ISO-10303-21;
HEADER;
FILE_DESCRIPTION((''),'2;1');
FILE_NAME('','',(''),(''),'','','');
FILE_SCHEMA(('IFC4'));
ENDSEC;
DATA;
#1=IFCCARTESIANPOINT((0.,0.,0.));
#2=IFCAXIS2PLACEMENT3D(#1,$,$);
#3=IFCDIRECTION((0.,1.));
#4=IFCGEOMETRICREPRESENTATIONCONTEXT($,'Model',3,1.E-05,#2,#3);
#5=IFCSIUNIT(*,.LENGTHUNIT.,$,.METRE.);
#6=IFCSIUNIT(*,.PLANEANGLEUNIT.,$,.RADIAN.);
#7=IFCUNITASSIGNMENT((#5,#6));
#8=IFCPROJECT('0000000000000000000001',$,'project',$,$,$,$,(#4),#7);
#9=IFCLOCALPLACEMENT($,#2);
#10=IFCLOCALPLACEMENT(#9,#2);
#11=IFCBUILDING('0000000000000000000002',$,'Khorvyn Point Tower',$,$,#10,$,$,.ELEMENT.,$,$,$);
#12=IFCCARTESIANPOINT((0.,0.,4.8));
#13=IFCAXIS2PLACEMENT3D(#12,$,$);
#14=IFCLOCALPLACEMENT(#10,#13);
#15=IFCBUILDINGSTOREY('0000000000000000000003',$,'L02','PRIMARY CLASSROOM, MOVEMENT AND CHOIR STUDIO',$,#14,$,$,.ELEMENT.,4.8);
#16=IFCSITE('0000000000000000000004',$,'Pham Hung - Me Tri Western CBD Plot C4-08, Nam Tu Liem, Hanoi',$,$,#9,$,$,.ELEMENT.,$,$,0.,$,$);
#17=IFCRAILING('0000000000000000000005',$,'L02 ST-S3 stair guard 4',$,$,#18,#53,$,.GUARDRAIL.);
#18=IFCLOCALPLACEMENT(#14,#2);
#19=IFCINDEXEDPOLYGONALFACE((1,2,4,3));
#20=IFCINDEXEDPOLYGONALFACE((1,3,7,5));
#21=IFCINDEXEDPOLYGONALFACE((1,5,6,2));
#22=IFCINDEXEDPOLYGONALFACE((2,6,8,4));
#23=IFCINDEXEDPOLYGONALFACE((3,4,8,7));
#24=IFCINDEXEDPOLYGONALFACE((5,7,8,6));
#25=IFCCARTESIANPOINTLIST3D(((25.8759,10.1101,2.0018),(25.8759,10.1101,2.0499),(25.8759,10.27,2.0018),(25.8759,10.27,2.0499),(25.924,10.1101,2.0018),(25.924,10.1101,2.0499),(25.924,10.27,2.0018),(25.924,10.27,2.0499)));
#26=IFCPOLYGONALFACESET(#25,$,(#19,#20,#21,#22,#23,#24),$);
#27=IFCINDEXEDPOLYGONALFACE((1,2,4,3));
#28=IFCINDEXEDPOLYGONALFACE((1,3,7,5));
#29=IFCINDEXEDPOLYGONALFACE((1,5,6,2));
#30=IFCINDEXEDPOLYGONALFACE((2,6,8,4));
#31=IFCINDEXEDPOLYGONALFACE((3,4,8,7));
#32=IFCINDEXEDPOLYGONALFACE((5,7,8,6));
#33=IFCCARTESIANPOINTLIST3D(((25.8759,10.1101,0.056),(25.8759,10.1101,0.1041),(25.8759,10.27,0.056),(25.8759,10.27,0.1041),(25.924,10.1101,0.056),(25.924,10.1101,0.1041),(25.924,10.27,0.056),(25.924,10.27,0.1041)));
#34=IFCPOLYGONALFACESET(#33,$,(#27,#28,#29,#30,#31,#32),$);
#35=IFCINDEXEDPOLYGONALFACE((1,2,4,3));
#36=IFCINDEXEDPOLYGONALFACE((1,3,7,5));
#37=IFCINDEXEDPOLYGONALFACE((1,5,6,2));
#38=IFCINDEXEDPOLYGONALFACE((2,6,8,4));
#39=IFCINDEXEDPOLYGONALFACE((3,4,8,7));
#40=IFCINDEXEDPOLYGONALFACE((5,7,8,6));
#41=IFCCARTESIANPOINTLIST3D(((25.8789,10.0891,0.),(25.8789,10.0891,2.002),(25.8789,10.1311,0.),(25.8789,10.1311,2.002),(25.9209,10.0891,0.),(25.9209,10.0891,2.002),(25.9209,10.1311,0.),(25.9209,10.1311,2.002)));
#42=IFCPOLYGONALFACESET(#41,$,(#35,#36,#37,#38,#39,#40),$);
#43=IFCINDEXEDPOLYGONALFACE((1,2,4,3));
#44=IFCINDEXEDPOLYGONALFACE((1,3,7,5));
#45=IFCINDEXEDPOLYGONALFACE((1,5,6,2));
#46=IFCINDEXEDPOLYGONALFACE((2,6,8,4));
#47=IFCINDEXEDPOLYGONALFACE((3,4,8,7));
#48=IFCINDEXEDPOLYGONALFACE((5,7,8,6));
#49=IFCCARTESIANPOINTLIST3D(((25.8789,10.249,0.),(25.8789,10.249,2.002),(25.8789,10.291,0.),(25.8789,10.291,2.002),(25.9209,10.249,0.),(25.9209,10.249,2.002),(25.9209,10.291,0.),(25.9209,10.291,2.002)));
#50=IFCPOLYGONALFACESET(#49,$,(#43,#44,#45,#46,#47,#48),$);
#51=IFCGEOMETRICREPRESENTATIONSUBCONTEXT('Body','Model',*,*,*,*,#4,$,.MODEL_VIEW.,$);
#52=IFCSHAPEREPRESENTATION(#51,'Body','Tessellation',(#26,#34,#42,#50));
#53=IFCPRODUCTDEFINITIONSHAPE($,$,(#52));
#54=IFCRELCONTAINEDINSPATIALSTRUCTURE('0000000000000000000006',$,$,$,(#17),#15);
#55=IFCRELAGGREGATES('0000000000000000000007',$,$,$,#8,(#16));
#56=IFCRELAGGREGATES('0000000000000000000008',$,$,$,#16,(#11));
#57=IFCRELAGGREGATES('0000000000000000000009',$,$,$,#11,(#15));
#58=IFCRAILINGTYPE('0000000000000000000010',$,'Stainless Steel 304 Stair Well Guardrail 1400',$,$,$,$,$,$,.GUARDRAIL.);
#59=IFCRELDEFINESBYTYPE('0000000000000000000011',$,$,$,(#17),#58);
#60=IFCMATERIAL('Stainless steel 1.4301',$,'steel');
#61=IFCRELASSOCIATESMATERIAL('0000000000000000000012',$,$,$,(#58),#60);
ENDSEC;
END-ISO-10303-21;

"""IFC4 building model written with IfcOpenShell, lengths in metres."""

from ifc_helpers import new_model, si_unit, direction, frame, origin, origin_2d, place, context, subcontext, project, spatial, rectangle, extrude, material, type_object, element, save


model = new_model("IFC4")

# Units and contexts
model_context = context("Model", 3, precision=1e-05, world=origin(), true_north=direction((0.0, 1.0)))
body_context = subcontext(model_context, "Body", "Model", "MODEL_VIEW")
ifc_project = project(units=[si_unit("LENGTHUNIT", "METRE"), si_unit("PLANEANGLEUNIT", "RADIAN")], contexts=[model_context])

# Site, building, storey
site_placement = place(None, origin())
site = spatial("IfcSite", under=ifc_project, at=site_placement, Name="Pham Hung - Me Tri Western CBD Plot C4-08, Nam Tu Liem, Hanoi", CompositionType="ELEMENT", RefElevation=0.0)
building_placement = place(site_placement, origin())
building = spatial("IfcBuilding", under=site, at=building_placement, Name="Khorvyn Point Tower", CompositionType="ELEMENT")
storey_placement = place(building_placement, frame((0.0, 0.0, 4.8)))
storey = spatial("IfcBuildingStorey", under=building, at=storey_placement, Name="L02", Description="PRIMARY CLASSROOM, MOVEMENT AND CHOIR STUDIO", CompositionType="ELEMENT", Elevation=4.8)

# Railing
ifc_material_1 = material(Name="Stainless steel 1.4301", Category="steel")
railing_type_1 = type_object("IfcRailingType", Name="Stainless Steel 304 Stair Well Guardrail 1400", PredefinedType="GUARDRAIL", material=ifc_material_1)
railing_1_placement = place(storey_placement, frame((25.8999, 10.1101, 0.0)))
element("IfcRailing", 1, at=railing_1_placement, inside=storey, type_object=railing_type_1, Name="L02 ST-S3 stair guard 4", PredefinedType="GUARDRAIL", context=body_context, shape_type="SweptSolid", body=[
    extrude(rectangle(XDim=0.0481, YDim=0.0481, at=origin_2d()), frame((0.0, 0.0, 2.0259), z_axis=(0.0, 1.0, 0.0), x_axis=(-1.0, 0.0, 0.0)), (0.0, 0.0, 1.0), 0.1599),
    extrude(rectangle(XDim=0.0481, YDim=0.0481, at=origin_2d()), frame((0.0, 0.0, 0.0801), z_axis=(0.0, 1.0, 0.0), x_axis=(-1.0, 0.0, 0.0)), (0.0, 0.0, 1.0), 0.1599),
    extrude(rectangle(XDim=0.042, YDim=0.042, at=origin_2d()), origin(), (0.0, 0.0, 1.0), 2.002),
    extrude(rectangle(XDim=0.042, YDim=0.042, at=origin_2d()), frame((0.0, 0.1599, 0.0)), (0.0, 0.0, 1.0), 2.002),
])

save(model, "model.ifc")
